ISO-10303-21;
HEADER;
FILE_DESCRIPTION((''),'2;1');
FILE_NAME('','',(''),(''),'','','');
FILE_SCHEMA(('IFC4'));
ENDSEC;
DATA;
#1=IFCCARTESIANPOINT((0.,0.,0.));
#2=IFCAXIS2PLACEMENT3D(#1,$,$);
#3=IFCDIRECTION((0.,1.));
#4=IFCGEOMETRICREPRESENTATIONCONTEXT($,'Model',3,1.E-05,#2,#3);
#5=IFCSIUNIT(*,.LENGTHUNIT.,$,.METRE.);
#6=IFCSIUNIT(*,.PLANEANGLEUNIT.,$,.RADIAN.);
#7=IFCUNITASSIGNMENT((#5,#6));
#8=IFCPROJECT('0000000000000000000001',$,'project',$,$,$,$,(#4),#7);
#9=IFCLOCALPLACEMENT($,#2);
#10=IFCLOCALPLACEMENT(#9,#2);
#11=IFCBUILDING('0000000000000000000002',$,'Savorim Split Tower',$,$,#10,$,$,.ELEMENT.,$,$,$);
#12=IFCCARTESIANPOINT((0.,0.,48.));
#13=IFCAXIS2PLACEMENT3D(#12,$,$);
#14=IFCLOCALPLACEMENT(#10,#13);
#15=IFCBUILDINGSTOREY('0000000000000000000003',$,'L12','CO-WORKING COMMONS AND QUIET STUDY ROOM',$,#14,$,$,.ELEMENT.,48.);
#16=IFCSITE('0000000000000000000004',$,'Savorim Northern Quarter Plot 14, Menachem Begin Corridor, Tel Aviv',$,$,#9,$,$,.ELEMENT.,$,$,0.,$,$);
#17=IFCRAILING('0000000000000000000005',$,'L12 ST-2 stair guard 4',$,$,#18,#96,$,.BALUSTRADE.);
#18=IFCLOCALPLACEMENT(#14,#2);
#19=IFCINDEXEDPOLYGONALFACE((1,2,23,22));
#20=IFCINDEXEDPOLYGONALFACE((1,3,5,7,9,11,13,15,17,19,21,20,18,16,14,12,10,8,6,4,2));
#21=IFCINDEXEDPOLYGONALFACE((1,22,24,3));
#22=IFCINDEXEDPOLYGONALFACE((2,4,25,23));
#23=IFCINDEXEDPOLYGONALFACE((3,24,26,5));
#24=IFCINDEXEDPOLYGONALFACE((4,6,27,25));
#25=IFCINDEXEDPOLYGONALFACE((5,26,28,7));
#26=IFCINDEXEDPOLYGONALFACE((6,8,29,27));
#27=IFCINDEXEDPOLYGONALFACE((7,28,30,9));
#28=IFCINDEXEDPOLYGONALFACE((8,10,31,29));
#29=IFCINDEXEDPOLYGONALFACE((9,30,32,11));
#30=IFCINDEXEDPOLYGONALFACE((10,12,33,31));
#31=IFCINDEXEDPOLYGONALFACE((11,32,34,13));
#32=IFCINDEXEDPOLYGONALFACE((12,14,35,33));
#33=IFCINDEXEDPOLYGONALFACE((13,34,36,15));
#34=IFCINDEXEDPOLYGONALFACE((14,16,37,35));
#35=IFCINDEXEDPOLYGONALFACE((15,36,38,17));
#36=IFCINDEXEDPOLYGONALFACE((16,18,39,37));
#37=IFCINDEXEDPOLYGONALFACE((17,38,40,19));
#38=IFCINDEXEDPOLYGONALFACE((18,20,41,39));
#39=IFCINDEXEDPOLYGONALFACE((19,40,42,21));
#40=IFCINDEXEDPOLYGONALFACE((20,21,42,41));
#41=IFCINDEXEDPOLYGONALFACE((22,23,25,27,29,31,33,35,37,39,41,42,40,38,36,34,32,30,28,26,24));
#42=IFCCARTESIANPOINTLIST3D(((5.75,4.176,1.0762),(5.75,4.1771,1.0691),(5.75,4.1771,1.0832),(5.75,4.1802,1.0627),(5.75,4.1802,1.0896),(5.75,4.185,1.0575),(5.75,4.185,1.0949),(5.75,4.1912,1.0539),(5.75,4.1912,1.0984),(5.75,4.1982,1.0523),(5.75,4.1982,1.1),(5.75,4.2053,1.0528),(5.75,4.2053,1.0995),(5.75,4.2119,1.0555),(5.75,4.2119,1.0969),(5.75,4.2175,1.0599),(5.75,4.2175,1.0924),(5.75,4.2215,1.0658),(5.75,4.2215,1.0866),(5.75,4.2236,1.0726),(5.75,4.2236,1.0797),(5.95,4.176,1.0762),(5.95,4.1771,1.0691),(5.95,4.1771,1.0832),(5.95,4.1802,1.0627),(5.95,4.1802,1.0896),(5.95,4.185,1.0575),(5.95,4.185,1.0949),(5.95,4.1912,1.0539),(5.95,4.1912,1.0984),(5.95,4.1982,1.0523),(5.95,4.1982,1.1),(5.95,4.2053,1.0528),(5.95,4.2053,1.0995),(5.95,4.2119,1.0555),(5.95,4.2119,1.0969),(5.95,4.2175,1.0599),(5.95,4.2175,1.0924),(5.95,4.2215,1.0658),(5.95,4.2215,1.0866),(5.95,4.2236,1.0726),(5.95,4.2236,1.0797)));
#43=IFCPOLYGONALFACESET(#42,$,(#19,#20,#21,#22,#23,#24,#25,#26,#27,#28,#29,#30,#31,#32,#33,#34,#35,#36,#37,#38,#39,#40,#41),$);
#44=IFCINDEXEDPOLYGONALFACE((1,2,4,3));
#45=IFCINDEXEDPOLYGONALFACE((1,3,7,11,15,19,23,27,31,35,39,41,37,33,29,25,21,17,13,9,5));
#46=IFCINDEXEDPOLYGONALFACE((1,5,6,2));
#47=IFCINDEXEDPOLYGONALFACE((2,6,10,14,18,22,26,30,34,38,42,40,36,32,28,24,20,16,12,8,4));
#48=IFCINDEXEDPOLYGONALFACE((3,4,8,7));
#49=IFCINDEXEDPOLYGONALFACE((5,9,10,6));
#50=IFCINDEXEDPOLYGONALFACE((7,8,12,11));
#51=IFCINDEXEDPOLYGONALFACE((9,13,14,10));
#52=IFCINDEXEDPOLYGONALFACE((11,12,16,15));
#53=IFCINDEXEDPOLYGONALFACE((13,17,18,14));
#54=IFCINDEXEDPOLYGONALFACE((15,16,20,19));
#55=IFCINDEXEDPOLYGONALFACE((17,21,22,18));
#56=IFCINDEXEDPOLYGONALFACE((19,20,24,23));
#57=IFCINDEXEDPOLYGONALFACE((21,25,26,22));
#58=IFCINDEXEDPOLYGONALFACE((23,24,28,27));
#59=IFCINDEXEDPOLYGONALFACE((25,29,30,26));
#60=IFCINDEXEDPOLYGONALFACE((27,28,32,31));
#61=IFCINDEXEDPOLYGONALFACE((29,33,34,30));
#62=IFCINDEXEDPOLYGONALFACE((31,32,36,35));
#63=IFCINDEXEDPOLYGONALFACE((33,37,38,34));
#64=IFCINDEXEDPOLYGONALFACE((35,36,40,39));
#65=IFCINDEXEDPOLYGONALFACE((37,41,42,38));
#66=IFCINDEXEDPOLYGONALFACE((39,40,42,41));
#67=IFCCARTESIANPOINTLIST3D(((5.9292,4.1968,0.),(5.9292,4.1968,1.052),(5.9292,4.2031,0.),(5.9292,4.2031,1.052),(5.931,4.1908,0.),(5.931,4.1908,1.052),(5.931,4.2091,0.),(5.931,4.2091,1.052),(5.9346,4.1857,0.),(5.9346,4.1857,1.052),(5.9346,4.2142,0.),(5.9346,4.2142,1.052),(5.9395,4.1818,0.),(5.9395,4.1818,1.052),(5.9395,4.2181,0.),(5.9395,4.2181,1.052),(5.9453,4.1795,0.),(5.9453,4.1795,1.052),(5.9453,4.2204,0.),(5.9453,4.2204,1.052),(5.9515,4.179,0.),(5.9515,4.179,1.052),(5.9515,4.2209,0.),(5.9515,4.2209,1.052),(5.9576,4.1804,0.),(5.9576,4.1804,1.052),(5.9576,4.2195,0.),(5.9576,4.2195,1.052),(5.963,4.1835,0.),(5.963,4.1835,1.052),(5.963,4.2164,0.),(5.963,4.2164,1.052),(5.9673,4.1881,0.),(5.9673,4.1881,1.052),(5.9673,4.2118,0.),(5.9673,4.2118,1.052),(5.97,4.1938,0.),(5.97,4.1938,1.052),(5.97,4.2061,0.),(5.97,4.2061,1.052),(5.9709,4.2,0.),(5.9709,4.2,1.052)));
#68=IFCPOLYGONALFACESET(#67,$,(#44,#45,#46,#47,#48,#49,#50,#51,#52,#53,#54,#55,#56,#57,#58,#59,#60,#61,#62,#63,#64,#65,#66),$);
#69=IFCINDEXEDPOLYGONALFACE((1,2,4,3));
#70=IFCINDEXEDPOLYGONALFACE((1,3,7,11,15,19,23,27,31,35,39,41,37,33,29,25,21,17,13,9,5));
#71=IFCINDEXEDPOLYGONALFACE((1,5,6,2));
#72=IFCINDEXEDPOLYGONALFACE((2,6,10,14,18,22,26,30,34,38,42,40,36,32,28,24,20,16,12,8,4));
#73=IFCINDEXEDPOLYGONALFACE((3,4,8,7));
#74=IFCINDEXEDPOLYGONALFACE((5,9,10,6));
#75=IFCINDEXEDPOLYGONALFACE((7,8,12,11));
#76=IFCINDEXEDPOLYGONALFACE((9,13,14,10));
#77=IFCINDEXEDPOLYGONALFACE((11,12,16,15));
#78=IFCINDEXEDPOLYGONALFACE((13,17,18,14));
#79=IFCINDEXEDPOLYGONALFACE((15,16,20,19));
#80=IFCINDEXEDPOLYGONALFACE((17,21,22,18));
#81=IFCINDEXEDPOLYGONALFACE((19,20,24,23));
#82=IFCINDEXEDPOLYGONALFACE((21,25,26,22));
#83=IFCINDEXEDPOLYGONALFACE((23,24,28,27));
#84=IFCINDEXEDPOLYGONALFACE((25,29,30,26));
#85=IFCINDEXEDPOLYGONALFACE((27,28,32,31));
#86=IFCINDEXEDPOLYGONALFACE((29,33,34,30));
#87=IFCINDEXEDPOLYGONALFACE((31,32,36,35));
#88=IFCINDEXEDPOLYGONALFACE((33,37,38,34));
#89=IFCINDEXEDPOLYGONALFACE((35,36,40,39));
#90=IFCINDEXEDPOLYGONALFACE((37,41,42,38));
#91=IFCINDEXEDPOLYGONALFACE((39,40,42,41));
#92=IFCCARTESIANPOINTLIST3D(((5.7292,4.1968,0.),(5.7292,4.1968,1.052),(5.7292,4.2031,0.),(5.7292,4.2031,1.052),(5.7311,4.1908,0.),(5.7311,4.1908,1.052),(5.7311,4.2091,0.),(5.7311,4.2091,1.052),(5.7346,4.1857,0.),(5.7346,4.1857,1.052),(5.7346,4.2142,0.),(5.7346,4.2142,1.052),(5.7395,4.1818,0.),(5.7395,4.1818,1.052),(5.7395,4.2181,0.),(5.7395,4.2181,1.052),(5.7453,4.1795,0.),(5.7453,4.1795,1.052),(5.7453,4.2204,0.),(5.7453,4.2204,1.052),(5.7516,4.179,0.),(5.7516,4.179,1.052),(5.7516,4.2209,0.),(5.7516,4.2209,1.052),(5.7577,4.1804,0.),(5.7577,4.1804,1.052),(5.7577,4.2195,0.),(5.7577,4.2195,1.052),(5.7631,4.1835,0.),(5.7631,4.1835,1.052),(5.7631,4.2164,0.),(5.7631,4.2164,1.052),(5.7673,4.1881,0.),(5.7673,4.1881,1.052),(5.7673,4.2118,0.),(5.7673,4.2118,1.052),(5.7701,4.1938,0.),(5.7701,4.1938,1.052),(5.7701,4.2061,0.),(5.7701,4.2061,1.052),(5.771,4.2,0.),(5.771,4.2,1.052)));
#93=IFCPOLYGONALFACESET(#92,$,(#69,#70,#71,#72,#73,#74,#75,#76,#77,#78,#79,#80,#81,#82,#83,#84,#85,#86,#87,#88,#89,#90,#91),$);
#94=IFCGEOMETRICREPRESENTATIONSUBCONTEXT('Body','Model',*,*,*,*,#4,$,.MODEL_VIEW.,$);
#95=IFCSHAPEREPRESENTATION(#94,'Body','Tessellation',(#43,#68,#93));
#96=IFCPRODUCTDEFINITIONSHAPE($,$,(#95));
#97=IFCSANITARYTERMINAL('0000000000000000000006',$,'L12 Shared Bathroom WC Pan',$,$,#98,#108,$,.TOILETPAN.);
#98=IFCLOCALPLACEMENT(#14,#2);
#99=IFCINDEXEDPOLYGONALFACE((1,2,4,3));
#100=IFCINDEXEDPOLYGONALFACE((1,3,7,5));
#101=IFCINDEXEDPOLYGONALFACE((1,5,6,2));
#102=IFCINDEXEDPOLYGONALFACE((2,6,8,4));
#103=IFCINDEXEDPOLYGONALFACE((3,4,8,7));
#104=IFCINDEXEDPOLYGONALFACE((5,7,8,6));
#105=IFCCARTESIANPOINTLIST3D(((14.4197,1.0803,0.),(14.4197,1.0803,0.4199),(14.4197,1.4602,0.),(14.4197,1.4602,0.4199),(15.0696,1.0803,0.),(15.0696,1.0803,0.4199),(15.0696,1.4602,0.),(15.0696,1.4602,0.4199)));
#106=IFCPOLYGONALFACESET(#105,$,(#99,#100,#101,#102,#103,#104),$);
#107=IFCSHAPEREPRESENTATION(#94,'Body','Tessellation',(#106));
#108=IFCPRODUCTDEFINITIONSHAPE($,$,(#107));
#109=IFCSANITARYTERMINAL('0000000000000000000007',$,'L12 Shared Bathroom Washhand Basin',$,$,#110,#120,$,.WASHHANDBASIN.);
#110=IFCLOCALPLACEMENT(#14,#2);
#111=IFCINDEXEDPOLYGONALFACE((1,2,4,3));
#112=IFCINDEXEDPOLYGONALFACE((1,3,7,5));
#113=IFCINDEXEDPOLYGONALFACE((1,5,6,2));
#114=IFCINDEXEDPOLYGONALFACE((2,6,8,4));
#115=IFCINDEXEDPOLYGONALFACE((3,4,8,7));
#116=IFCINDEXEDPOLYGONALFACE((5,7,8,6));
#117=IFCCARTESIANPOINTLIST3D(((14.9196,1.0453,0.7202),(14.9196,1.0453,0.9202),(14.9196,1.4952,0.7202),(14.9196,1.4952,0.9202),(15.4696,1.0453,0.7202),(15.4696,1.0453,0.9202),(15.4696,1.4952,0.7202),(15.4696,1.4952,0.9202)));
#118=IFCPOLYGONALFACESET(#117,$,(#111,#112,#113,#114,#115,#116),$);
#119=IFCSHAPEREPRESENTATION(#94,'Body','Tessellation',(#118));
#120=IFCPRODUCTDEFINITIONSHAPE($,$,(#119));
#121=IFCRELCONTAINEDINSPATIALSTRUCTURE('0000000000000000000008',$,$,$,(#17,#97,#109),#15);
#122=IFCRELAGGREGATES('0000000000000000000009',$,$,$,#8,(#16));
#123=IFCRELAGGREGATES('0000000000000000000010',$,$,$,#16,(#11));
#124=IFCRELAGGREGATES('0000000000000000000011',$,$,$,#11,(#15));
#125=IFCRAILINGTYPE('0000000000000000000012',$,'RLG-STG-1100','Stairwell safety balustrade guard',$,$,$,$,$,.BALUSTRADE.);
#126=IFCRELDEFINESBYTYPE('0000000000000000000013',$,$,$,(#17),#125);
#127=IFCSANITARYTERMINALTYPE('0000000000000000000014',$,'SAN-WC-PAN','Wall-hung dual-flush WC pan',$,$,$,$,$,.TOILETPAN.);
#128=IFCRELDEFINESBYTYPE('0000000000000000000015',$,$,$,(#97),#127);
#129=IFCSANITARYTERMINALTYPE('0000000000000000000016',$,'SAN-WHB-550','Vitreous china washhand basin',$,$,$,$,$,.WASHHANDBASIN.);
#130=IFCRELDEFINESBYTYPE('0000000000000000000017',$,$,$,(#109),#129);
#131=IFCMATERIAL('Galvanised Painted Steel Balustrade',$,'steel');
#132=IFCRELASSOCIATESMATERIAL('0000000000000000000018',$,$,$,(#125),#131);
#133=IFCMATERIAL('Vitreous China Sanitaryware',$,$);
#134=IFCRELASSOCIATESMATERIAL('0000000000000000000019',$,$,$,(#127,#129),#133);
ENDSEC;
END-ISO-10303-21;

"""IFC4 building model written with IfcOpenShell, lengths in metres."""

from ifc_helpers import new_model, si_unit, direction, frame, origin, origin_2d, place, context, subcontext, project, spatial, rectangle, circle, extrude, material, type_object, element, save


model = new_model("IFC4")

# Units and contexts
model_context = context("Model", 3, precision=1e-05, world=origin(), true_north=direction((0.0, 1.0)))
body_context = subcontext(model_context, "Body", "Model", "MODEL_VIEW")
ifc_project = project(units=[si_unit("LENGTHUNIT", "METRE"), si_unit("PLANEANGLEUNIT", "RADIAN")], contexts=[model_context])

# Site, building, storey
site_placement = place(None, origin())
site = spatial("IfcSite", under=ifc_project, at=site_placement, Name="Savorim Northern Quarter Plot 14, Menachem Begin Corridor, Tel Aviv", CompositionType="ELEMENT", RefElevation=0.0)
building_placement = place(site_placement, origin())
building = spatial("IfcBuilding", under=site, at=building_placement, Name="Savorim Split Tower", CompositionType="ELEMENT")
storey_placement = place(building_placement, frame((0.0, 0.0, 48.0)))
storey = spatial("IfcBuildingStorey", under=building, at=storey_placement, Name="L12", Description="CO-WORKING COMMONS AND QUIET STUDY ROOM", CompositionType="ELEMENT", Elevation=48.0)

# Railing
ifc_material_1 = material(Name="Galvanised Painted Steel Balustrade", Category="steel")
railing_type_1 = type_object("IfcRailingType", Name="RLG-STG-1100", Description="Stairwell safety balustrade guard", PredefinedType="BALUSTRADE", material=ifc_material_1)
railing_1_placement = place(storey_placement, frame((5.95, 4.2, 0.0)))
element("IfcRailing", 1, at=railing_1_placement, inside=storey, type_object=railing_type_1, Name="L12 ST-2 stair guard 4", PredefinedType="BALUSTRADE", context=body_context, shape_type="SweptSolid", body=[
    extrude(circle(Radius=0.0239, at=origin_2d()), frame((0.0, 0.0, 1.0762), z_axis=(-1.0, 0.0, 0.0), x_axis=(0.0, -1.0, 0.0)), (0.0, 0.0, 1.0), 0.2),
    extrude(circle(Radius=0.021, at=origin_2d()), origin(), (0.0, 0.0, 1.0), 1.052),
    extrude(circle(Radius=0.021, at=origin_2d()), frame((-0.2, 0.0, 0.0)), (0.0, 0.0, 1.0), 1.052),
])

# Sanitary terminals
ifc_material_2 = material(Name="Vitreous China Sanitaryware")
sanitary_terminal_type_1 = type_object("IfcSanitaryTerminalType", Name="SAN-WC-PAN", Description="Wall-hung dual-flush WC pan", PredefinedType="TOILETPAN", material=ifc_material_2)
sanitary_terminal_1_placement = place(storey_placement, frame((14.7446, 1.2703, 0.0), z_axis=(0.0, 0.0, 1.0), x_axis=(1.0, 0.0, 0.0)))
element("IfcSanitaryTerminal", 2, at=sanitary_terminal_1_placement, inside=storey, type_object=sanitary_terminal_type_1, Name="L12 Shared Bathroom WC Pan", PredefinedType="TOILETPAN", context=body_context, shape_type="SweptSolid", body=[
    extrude(rectangle(XDim=0.6499, YDim=0.3799, at=origin_2d()), origin(), (0.0, 0.0, 1.0), 0.4199),
])
sanitary_terminal_type_2 = type_object("IfcSanitaryTerminalType", Name="SAN-WHB-550", Description="Vitreous china washhand basin", PredefinedType="WASHHANDBASIN", material=ifc_material_2)
sanitary_terminal_2_placement = place(storey_placement, frame((15.1946, 1.2703, 0.7202), z_axis=(0.0, 0.0, 1.0), x_axis=(1.0, 0.0, 0.0)))
element("IfcSanitaryTerminal", 3, at=sanitary_terminal_2_placement, inside=storey, type_object=sanitary_terminal_type_2, Name="L12 Shared Bathroom Washhand Basin", PredefinedType="WASHHANDBASIN", context=body_context, shape_type="SweptSolid", body=[
    extrude(rectangle(XDim=0.55, YDim=0.45, at=origin_2d()), origin(), (0.0, 0.0, 1.0), 0.2),
])

save(model, "model.ifc")
